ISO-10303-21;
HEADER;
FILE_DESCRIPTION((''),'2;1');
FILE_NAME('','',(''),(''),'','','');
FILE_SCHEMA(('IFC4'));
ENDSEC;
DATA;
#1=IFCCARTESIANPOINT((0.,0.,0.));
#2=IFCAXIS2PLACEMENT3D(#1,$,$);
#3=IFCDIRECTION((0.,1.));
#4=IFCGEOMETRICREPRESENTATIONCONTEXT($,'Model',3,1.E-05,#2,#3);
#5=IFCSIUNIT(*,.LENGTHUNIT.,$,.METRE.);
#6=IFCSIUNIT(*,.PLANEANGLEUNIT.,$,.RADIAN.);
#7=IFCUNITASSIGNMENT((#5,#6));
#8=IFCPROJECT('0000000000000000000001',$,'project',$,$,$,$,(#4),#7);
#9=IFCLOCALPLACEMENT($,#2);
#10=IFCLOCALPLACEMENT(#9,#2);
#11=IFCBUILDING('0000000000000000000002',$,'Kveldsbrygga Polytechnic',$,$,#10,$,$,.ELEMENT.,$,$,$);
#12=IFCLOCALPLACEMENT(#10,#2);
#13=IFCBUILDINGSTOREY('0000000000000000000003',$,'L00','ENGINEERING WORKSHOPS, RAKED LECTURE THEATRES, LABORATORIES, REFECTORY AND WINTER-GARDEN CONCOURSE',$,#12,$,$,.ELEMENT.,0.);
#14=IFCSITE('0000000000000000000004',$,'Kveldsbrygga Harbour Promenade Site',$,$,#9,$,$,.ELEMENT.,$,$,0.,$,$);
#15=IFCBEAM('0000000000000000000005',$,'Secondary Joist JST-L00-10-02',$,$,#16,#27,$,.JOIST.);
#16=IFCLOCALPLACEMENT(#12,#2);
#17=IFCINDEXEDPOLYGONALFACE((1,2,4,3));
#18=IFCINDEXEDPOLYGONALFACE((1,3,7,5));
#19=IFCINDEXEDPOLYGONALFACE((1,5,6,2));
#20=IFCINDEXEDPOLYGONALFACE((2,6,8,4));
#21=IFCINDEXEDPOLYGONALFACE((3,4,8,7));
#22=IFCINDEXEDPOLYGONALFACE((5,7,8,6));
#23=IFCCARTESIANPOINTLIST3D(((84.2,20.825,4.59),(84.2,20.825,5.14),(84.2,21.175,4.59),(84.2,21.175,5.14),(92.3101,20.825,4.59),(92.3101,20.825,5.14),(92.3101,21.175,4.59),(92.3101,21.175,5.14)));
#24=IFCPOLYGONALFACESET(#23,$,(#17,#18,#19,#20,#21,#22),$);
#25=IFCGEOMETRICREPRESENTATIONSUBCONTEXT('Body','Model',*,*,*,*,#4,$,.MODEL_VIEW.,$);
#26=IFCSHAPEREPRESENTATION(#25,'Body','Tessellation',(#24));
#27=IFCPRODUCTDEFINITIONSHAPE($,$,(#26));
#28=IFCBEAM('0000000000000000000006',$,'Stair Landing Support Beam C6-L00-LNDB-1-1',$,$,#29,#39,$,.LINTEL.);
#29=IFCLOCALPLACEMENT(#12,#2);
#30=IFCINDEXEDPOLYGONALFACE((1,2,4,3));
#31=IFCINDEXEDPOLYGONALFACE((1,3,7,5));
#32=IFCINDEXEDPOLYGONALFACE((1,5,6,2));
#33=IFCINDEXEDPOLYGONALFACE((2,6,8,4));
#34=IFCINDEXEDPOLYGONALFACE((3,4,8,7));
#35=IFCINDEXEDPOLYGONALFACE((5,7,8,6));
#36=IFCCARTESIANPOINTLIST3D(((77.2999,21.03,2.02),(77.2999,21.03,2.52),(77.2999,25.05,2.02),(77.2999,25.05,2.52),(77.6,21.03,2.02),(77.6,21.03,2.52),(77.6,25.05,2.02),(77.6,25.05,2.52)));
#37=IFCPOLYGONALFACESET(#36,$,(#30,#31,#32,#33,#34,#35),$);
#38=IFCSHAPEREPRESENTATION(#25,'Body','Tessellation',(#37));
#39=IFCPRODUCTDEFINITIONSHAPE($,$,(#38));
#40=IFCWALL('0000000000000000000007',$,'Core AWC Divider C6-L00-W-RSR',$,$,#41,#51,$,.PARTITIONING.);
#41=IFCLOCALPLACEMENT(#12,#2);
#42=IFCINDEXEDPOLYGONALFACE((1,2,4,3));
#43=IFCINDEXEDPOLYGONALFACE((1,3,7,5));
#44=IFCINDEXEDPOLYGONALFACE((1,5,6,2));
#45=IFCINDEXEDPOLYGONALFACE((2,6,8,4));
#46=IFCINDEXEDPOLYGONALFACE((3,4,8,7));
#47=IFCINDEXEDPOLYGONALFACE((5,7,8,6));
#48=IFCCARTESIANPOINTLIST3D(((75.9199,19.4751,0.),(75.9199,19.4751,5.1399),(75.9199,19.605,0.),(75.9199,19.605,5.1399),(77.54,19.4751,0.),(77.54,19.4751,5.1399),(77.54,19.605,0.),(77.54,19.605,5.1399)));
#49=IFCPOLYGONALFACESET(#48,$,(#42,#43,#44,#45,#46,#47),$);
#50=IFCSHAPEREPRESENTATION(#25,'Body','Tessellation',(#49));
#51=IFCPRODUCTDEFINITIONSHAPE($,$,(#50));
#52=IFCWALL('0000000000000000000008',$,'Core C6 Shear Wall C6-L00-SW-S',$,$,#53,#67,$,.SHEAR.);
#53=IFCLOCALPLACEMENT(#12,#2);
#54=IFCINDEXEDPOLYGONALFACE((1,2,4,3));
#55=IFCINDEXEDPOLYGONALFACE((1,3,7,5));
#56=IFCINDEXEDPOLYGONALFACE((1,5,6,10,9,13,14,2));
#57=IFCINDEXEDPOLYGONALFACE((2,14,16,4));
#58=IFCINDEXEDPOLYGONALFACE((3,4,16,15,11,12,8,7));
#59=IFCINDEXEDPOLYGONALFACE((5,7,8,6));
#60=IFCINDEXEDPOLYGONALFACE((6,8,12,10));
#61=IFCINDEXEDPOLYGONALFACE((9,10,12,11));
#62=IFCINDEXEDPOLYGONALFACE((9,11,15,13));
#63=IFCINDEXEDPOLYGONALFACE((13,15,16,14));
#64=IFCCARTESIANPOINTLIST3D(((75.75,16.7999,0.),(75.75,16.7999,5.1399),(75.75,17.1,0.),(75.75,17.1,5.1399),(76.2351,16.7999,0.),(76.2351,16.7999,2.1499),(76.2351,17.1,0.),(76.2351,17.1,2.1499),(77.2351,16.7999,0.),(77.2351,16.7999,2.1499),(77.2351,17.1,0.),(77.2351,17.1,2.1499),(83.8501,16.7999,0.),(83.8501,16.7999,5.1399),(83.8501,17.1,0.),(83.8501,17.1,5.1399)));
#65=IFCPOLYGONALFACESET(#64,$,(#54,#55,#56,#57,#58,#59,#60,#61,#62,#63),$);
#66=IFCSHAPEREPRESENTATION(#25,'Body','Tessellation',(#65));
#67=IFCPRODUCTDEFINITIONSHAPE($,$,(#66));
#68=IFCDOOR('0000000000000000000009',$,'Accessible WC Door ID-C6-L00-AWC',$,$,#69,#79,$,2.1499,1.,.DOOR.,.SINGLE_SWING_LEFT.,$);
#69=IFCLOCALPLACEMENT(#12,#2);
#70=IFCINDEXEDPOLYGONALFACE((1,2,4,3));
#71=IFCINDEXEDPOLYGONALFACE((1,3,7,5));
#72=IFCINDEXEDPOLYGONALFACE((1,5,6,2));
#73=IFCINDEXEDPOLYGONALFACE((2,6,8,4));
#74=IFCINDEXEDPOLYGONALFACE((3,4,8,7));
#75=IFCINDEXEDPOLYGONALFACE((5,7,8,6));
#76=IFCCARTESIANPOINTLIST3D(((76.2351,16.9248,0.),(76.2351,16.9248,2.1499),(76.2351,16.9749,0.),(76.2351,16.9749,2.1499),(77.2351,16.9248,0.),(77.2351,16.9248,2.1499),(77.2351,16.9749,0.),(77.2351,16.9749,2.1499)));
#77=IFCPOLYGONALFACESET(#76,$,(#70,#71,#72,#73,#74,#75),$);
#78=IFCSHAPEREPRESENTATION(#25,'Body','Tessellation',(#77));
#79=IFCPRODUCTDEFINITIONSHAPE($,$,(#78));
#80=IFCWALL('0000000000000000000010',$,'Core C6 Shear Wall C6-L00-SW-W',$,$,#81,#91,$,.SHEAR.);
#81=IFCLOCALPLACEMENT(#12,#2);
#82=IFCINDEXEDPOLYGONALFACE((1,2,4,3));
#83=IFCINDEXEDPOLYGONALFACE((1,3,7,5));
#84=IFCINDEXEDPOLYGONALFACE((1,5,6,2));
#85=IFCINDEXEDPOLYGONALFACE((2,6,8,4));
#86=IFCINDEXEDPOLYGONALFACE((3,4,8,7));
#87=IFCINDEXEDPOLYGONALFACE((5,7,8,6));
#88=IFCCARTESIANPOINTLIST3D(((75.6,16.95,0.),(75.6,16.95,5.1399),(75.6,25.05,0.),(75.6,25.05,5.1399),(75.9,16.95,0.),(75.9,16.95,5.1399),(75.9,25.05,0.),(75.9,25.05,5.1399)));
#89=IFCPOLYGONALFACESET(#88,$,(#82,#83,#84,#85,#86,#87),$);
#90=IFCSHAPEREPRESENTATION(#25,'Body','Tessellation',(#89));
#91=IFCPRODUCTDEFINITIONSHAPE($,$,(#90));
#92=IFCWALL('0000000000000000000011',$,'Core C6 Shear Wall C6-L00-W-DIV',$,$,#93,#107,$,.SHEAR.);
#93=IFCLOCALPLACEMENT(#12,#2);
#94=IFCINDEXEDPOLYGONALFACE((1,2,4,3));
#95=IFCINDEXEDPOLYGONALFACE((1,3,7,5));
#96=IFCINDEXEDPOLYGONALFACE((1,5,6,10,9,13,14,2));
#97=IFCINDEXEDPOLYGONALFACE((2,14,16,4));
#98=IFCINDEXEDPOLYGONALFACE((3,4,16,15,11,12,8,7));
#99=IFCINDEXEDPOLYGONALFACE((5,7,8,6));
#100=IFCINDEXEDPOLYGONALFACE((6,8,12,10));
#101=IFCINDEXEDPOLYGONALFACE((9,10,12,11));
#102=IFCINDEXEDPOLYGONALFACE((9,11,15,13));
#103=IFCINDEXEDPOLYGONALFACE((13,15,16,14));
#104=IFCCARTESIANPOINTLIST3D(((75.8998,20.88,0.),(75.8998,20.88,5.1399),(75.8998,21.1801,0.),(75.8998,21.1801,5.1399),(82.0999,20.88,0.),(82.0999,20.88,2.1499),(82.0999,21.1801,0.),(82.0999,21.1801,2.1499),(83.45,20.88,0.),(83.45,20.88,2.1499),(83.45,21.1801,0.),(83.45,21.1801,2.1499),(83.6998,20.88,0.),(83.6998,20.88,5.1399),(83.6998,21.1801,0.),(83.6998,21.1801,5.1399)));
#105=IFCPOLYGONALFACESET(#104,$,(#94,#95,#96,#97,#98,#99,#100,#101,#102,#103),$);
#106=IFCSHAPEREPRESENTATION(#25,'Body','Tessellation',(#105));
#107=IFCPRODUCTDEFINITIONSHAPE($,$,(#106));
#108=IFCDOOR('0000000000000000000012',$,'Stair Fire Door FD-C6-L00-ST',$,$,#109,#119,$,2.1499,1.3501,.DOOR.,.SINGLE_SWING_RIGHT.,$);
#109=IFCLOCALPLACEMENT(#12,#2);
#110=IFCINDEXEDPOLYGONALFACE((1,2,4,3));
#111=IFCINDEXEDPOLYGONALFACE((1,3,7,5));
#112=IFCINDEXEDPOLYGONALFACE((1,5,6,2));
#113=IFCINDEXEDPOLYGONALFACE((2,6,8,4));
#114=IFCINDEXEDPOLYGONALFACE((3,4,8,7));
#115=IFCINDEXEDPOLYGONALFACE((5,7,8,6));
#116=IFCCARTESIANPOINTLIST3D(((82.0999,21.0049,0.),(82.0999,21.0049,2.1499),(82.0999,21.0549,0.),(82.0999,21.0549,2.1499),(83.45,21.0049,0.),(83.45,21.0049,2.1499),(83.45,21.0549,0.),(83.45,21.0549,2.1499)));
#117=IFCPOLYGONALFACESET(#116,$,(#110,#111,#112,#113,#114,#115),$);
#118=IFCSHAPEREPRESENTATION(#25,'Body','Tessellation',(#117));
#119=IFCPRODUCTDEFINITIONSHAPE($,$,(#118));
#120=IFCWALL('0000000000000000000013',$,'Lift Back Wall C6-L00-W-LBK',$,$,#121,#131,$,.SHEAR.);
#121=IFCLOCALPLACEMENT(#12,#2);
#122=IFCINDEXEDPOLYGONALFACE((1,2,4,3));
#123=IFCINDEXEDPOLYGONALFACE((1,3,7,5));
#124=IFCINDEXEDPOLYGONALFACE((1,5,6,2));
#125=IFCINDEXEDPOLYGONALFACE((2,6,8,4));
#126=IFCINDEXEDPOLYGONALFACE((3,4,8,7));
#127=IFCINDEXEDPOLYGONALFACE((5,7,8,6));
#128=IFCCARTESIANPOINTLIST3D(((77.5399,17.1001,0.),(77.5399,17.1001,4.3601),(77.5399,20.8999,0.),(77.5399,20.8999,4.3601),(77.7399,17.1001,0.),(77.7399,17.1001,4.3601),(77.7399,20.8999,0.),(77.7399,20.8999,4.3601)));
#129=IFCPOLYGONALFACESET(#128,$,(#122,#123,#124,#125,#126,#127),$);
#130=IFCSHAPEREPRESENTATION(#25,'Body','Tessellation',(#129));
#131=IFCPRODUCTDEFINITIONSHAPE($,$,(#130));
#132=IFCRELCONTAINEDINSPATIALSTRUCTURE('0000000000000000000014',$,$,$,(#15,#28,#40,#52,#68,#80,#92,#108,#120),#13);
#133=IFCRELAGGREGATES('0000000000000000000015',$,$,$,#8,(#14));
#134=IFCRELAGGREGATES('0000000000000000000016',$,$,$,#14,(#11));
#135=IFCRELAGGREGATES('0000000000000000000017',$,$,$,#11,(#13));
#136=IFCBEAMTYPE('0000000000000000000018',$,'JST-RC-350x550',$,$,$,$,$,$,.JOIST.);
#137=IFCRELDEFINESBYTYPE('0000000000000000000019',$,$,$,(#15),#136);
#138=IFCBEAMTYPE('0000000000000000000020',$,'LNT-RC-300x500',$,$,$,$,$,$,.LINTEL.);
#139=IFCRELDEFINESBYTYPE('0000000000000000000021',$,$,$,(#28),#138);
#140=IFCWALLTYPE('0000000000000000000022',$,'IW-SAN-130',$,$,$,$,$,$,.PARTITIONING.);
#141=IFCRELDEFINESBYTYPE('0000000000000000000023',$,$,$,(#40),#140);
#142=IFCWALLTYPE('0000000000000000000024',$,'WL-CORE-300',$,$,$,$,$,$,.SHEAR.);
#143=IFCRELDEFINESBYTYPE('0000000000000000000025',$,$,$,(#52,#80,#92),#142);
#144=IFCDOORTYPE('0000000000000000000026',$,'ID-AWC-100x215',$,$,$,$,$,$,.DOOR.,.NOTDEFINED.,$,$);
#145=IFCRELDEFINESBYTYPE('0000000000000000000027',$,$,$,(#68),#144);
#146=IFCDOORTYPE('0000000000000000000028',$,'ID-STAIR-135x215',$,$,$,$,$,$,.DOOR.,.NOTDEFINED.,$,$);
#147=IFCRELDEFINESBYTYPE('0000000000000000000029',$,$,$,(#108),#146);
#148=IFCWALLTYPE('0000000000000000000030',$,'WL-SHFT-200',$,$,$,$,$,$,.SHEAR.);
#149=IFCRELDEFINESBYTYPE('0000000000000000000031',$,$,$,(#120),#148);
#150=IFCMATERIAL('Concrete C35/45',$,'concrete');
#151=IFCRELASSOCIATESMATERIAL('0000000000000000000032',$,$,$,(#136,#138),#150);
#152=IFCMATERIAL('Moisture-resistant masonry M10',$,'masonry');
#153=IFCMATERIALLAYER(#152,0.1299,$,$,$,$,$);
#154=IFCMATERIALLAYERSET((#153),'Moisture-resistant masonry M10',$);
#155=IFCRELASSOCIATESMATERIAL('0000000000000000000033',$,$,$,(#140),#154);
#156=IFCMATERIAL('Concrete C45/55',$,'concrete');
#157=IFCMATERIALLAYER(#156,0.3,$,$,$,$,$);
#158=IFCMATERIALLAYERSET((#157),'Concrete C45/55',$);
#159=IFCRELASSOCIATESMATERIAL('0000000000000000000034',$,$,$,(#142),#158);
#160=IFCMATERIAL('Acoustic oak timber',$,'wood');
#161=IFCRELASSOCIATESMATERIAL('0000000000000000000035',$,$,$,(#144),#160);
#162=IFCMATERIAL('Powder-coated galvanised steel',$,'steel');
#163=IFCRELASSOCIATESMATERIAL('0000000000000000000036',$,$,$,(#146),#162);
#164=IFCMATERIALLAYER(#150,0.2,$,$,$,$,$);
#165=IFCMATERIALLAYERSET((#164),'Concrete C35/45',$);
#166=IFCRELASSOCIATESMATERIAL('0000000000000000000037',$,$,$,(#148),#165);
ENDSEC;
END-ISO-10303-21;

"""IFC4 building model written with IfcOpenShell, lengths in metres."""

from ifc_helpers import new_model, si_unit, direction, frame, frame_2d, origin, origin_2d, place, context, subcontext, project, spatial, rectangle, extrude, material, layer, layer_set, material_profile, profile_set, type_object, element, fill, save


model = new_model("IFC4")

# Units and contexts
model_context = context("Model", 3, precision=1e-05, world=origin(), true_north=direction((0.0, 1.0)))
body_context = subcontext(model_context, "Body", "Model", "MODEL_VIEW")
ifc_project = project(units=[si_unit("LENGTHUNIT", "METRE"), si_unit("PLANEANGLEUNIT", "RADIAN")], contexts=[model_context])

# Site, building, storey
site_placement = place(None, origin())
site = spatial("IfcSite", under=ifc_project, at=site_placement, Name="Kveldsbrygga Harbour Promenade Site", CompositionType="ELEMENT", RefElevation=0.0)
building_placement = place(site_placement, origin())
building = spatial("IfcBuilding", under=site, at=building_placement, Name="Kveldsbrygga Polytechnic", CompositionType="ELEMENT")
storey_placement = place(building_placement, origin())
storey = spatial("IfcBuildingStorey", under=building, at=storey_placement, Name="L00", Description="ENGINEERING WORKSHOPS, RAKED LECTURE THEATRES, LABORATORIES, REFECTORY AND WINTER-GARDEN CONCOURSE", CompositionType="ELEMENT", Elevation=0.0)

# Beams
ifc_material_1 = material(Name="Concrete C35/45", Category="concrete")
ifc_material_profile_1 = material_profile(ifc_material_1, rectangle(XDim=0.3501, YDim=0.55, at=origin_2d()), Name="RC 350x550")
ifc_profile_set_1 = profile_set([ifc_material_profile_1], Name="Concrete C35/45")
beam_type_1 = type_object("IfcBeamType", Name="JST-RC-350x550", PredefinedType="JOIST", material=ifc_profile_set_1)
beam_1_placement = place(storey_placement, frame((84.2, 21.0, 4.865), z_axis=(1.0, 0.0, 0.0), x_axis=(0.0, 1.0, 0.0)))
element("IfcBeam", 1, at=beam_1_placement, inside=storey, type_object=beam_type_1, Name="Secondary Joist JST-L00-10-02", PredefinedType="JOIST", context=body_context, shape_type="SweptSolid", body=[
    extrude(rectangle(XDim=0.3501, YDim=0.55, at=origin_2d()), origin(), (0.0, 0.0, 1.0), 8.1101),
])
ifc_material_profile_2 = material_profile(ifc_material_1, rectangle(XDim=0.3, YDim=0.5, at=origin_2d()), Name="RC 300x500")
ifc_profile_set_2 = profile_set([ifc_material_profile_2], Name="Concrete C35/45")
beam_type_2 = type_object("IfcBeamType", Name="LNT-RC-300x500", PredefinedType="LINTEL", material=ifc_profile_set_2)
beam_2_placement = place(storey_placement, frame((77.45, 21.03, 2.27), z_axis=(0.0, 1.0, 0.0), x_axis=(-1.0, 0.0, 0.0)))
element("IfcBeam", 2, at=beam_2_placement, inside=storey, type_object=beam_type_2, Name="Stair Landing Support Beam C6-L00-LNDB-1-1", PredefinedType="LINTEL", context=body_context, shape_type="SweptSolid", body=[
    extrude(rectangle(XDim=0.3, YDim=0.5, at=origin_2d()), origin(), (0.0, 0.0, 1.0), 4.02),
])

# Wall
ifc_material_2 = material(Name="Moisture-resistant masonry M10", Category="masonry")
ifc_layer_1 = layer(ifc_material_2, 0.1299)
ifc_layer_set_1 = layer_set([ifc_layer_1], Name="Moisture-resistant masonry M10")
wall_type_1 = type_object("IfcWallType", Name="IW-SAN-130", PredefinedType="PARTITIONING", material=ifc_layer_set_1)
wall_1_placement = place(storey_placement, frame((75.9199, 19.54, 0.0), z_axis=(0.0, 0.0, 1.0), x_axis=(1.0, 0.0, 0.0)))
element("IfcWall", 3, at=wall_1_placement, inside=storey, type_object=wall_type_1, Name="Core AWC Divider C6-L00-W-RSR", PredefinedType="PARTITIONING", context=body_context, shape_type="SweptSolid", body=[
    extrude(rectangle(XDim=1.6201, YDim=0.1299, at=frame_2d((0.8101, 0.0))), origin(), (0.0, 0.0, 1.0), 5.1399),
])

# Wall, opening, door
ifc_material_3 = material(Name="Concrete C45/55", Category="concrete")
ifc_layer_2 = layer(ifc_material_3, 0.3)
ifc_layer_set_2 = layer_set([ifc_layer_2], Name="Concrete C45/55")
wall_type_2 = type_object("IfcWallType", Name="WL-CORE-300", PredefinedType="SHEAR", material=ifc_layer_set_2)
wall_2_placement = place(storey_placement, frame((75.75, 16.95, 0.0), z_axis=(0.0, 0.0, 1.0), x_axis=(1.0, 0.0, 0.0)))
wall_2 = element("IfcWall", 4, at=wall_2_placement, inside=storey, type_object=wall_type_2, Name="Core C6 Shear Wall C6-L00-SW-S", PredefinedType="SHEAR", context=body_context, shape_type="SweptSolid", body=[
    extrude(rectangle(XDim=8.1001, YDim=0.3, at=frame_2d((4.05, 0.0))), origin(), (0.0, 0.0, 1.0), 5.1399),
])
opening_1_placement = place(wall_2_placement, frame((0.4851, 0.0, 0.0)))
opening_1 = element("IfcOpeningElement", 5, at=opening_1_placement, cuts=wall_2, PredefinedType="OPENING", context=body_context, shape_type="SweptSolid", body=[
    extrude(rectangle(XDim=1.0, YDim=2.1499, at=frame_2d((0.5, 1.075))), frame((0.0, 0.1602, 0.0), z_axis=(0.0, -1.0, 0.0), x_axis=(1.0, 0.0, 0.0)), (0.0, 0.0, 1.0), 0.3201),
])
ifc_material_4 = material(Name="Acoustic oak timber", Category="wood")
door_type_1 = type_object("IfcDoorType", Name="ID-AWC-100x215", OperationType="NOTDEFINED", PredefinedType="DOOR", material=ifc_material_4)
door_1_placement = place(opening_1_placement, origin())
door_1 = element("IfcDoor", 6, at=door_1_placement, inside=storey, type_object=door_type_1, Name="Accessible WC Door ID-C6-L00-AWC", OperationType="SINGLE_SWING_LEFT", OverallHeight=2.1499, OverallWidth=1.0, PredefinedType="DOOR", context=body_context, shape_type="SweptSolid", body=[
    extrude(rectangle(XDim=1.0, YDim=2.1499, at=frame_2d((0.5, 1.075))), frame((0.0, 0.0249, 0.0), z_axis=(0.0, -1.0, 0.0), x_axis=(1.0, 0.0, 0.0)), (0.0, 0.0, 1.0), 0.05),
])
fill(opening_1, door_1)

# Wall
wall_3_placement = place(storey_placement, frame((75.75, 16.95, 0.0), z_axis=(0.0, 0.0, 1.0), x_axis=(0.0, 1.0, 0.0)))
element("IfcWall", 7, at=wall_3_placement, inside=storey, type_object=wall_type_2, Name="Core C6 Shear Wall C6-L00-SW-W", PredefinedType="SHEAR", context=body_context, shape_type="SweptSolid", body=[
    extrude(rectangle(XDim=8.1001, YDim=0.3, at=frame_2d((4.05, 0.0))), origin(), (0.0, 0.0, 1.0), 5.1399),
])

# Wall, opening, door
ifc_material_5 = material(Name="Powder-coated galvanised steel", Category="steel")
wall_4_placement = place(storey_placement, frame((75.8999, 21.03, 0.0), z_axis=(0.0, 0.0, 1.0), x_axis=(1.0, 0.0, 0.0)))
wall_4 = element("IfcWall", 8, at=wall_4_placement, inside=storey, type_object=wall_type_2, Name="Core C6 Shear Wall C6-L00-W-DIV", PredefinedType="SHEAR", context=body_context, shape_type="SweptSolid", body=[
    extrude(rectangle(XDim=7.8, YDim=0.3, at=frame_2d((3.8999, 0.0))), origin(), (0.0, 0.0, 1.0), 5.1399),
])
opening_2_placement = place(wall_4_placement, frame((6.2, 0.0, 0.0)))
opening_2 = element("IfcOpeningElement", 9, at=opening_2_placement, cuts=wall_4, PredefinedType="OPENING", context=body_context, shape_type="SweptSolid", body=[
    extrude(rectangle(XDim=1.3501, YDim=2.1499, at=frame_2d((0.675, 1.075))), frame((0.0, 0.1602, 0.0), z_axis=(0.0, -1.0, 0.0), x_axis=(1.0, 0.0, 0.0)), (0.0, 0.0, 1.0), 0.3201),
])
door_type_2 = type_object("IfcDoorType", Name="ID-STAIR-135x215", OperationType="NOTDEFINED", PredefinedType="DOOR", material=ifc_material_5)
door_2_placement = place(opening_2_placement, origin())
door_2 = element("IfcDoor", 10, at=door_2_placement, inside=storey, type_object=door_type_2, Name="Stair Fire Door FD-C6-L00-ST", OperationType="SINGLE_SWING_RIGHT", OverallHeight=2.1499, OverallWidth=1.3501, PredefinedType="DOOR", context=body_context, shape_type="SweptSolid", body=[
    extrude(rectangle(XDim=1.3501, YDim=2.1499, at=frame_2d((0.675, 1.075))), frame((0.0, 0.0249, 0.0), z_axis=(0.0, -1.0, 0.0), x_axis=(1.0, 0.0, 0.0)), (0.0, 0.0, 1.0), 0.05),
])
fill(opening_2, door_2)
ifc_layer_3 = layer(ifc_material_1, 0.2)
ifc_layer_set_3 = layer_set([ifc_layer_3], Name="Concrete C35/45")
wall_type_3 = type_object("IfcWallType", Name="WL-SHFT-200", PredefinedType="SHEAR", material=ifc_layer_set_3)

# Wall
wall_5_placement = place(storey_placement, frame((77.6399, 17.1001, 0.0), z_axis=(0.0, 0.0, 1.0), x_axis=(0.0, 1.0, 0.0)))
element("IfcWall", 11, at=wall_5_placement, inside=storey, type_object=wall_type_3, Name="Lift Back Wall C6-L00-W-LBK", PredefinedType="SHEAR", context=body_context, shape_type="SweptSolid", body=[
    extrude(rectangle(XDim=3.7998, YDim=0.2, at=frame_2d((1.8999, 0.0))), origin(), (0.0, 0.0, 1.0), 4.3601),
])

save(model, "model.ifc")
